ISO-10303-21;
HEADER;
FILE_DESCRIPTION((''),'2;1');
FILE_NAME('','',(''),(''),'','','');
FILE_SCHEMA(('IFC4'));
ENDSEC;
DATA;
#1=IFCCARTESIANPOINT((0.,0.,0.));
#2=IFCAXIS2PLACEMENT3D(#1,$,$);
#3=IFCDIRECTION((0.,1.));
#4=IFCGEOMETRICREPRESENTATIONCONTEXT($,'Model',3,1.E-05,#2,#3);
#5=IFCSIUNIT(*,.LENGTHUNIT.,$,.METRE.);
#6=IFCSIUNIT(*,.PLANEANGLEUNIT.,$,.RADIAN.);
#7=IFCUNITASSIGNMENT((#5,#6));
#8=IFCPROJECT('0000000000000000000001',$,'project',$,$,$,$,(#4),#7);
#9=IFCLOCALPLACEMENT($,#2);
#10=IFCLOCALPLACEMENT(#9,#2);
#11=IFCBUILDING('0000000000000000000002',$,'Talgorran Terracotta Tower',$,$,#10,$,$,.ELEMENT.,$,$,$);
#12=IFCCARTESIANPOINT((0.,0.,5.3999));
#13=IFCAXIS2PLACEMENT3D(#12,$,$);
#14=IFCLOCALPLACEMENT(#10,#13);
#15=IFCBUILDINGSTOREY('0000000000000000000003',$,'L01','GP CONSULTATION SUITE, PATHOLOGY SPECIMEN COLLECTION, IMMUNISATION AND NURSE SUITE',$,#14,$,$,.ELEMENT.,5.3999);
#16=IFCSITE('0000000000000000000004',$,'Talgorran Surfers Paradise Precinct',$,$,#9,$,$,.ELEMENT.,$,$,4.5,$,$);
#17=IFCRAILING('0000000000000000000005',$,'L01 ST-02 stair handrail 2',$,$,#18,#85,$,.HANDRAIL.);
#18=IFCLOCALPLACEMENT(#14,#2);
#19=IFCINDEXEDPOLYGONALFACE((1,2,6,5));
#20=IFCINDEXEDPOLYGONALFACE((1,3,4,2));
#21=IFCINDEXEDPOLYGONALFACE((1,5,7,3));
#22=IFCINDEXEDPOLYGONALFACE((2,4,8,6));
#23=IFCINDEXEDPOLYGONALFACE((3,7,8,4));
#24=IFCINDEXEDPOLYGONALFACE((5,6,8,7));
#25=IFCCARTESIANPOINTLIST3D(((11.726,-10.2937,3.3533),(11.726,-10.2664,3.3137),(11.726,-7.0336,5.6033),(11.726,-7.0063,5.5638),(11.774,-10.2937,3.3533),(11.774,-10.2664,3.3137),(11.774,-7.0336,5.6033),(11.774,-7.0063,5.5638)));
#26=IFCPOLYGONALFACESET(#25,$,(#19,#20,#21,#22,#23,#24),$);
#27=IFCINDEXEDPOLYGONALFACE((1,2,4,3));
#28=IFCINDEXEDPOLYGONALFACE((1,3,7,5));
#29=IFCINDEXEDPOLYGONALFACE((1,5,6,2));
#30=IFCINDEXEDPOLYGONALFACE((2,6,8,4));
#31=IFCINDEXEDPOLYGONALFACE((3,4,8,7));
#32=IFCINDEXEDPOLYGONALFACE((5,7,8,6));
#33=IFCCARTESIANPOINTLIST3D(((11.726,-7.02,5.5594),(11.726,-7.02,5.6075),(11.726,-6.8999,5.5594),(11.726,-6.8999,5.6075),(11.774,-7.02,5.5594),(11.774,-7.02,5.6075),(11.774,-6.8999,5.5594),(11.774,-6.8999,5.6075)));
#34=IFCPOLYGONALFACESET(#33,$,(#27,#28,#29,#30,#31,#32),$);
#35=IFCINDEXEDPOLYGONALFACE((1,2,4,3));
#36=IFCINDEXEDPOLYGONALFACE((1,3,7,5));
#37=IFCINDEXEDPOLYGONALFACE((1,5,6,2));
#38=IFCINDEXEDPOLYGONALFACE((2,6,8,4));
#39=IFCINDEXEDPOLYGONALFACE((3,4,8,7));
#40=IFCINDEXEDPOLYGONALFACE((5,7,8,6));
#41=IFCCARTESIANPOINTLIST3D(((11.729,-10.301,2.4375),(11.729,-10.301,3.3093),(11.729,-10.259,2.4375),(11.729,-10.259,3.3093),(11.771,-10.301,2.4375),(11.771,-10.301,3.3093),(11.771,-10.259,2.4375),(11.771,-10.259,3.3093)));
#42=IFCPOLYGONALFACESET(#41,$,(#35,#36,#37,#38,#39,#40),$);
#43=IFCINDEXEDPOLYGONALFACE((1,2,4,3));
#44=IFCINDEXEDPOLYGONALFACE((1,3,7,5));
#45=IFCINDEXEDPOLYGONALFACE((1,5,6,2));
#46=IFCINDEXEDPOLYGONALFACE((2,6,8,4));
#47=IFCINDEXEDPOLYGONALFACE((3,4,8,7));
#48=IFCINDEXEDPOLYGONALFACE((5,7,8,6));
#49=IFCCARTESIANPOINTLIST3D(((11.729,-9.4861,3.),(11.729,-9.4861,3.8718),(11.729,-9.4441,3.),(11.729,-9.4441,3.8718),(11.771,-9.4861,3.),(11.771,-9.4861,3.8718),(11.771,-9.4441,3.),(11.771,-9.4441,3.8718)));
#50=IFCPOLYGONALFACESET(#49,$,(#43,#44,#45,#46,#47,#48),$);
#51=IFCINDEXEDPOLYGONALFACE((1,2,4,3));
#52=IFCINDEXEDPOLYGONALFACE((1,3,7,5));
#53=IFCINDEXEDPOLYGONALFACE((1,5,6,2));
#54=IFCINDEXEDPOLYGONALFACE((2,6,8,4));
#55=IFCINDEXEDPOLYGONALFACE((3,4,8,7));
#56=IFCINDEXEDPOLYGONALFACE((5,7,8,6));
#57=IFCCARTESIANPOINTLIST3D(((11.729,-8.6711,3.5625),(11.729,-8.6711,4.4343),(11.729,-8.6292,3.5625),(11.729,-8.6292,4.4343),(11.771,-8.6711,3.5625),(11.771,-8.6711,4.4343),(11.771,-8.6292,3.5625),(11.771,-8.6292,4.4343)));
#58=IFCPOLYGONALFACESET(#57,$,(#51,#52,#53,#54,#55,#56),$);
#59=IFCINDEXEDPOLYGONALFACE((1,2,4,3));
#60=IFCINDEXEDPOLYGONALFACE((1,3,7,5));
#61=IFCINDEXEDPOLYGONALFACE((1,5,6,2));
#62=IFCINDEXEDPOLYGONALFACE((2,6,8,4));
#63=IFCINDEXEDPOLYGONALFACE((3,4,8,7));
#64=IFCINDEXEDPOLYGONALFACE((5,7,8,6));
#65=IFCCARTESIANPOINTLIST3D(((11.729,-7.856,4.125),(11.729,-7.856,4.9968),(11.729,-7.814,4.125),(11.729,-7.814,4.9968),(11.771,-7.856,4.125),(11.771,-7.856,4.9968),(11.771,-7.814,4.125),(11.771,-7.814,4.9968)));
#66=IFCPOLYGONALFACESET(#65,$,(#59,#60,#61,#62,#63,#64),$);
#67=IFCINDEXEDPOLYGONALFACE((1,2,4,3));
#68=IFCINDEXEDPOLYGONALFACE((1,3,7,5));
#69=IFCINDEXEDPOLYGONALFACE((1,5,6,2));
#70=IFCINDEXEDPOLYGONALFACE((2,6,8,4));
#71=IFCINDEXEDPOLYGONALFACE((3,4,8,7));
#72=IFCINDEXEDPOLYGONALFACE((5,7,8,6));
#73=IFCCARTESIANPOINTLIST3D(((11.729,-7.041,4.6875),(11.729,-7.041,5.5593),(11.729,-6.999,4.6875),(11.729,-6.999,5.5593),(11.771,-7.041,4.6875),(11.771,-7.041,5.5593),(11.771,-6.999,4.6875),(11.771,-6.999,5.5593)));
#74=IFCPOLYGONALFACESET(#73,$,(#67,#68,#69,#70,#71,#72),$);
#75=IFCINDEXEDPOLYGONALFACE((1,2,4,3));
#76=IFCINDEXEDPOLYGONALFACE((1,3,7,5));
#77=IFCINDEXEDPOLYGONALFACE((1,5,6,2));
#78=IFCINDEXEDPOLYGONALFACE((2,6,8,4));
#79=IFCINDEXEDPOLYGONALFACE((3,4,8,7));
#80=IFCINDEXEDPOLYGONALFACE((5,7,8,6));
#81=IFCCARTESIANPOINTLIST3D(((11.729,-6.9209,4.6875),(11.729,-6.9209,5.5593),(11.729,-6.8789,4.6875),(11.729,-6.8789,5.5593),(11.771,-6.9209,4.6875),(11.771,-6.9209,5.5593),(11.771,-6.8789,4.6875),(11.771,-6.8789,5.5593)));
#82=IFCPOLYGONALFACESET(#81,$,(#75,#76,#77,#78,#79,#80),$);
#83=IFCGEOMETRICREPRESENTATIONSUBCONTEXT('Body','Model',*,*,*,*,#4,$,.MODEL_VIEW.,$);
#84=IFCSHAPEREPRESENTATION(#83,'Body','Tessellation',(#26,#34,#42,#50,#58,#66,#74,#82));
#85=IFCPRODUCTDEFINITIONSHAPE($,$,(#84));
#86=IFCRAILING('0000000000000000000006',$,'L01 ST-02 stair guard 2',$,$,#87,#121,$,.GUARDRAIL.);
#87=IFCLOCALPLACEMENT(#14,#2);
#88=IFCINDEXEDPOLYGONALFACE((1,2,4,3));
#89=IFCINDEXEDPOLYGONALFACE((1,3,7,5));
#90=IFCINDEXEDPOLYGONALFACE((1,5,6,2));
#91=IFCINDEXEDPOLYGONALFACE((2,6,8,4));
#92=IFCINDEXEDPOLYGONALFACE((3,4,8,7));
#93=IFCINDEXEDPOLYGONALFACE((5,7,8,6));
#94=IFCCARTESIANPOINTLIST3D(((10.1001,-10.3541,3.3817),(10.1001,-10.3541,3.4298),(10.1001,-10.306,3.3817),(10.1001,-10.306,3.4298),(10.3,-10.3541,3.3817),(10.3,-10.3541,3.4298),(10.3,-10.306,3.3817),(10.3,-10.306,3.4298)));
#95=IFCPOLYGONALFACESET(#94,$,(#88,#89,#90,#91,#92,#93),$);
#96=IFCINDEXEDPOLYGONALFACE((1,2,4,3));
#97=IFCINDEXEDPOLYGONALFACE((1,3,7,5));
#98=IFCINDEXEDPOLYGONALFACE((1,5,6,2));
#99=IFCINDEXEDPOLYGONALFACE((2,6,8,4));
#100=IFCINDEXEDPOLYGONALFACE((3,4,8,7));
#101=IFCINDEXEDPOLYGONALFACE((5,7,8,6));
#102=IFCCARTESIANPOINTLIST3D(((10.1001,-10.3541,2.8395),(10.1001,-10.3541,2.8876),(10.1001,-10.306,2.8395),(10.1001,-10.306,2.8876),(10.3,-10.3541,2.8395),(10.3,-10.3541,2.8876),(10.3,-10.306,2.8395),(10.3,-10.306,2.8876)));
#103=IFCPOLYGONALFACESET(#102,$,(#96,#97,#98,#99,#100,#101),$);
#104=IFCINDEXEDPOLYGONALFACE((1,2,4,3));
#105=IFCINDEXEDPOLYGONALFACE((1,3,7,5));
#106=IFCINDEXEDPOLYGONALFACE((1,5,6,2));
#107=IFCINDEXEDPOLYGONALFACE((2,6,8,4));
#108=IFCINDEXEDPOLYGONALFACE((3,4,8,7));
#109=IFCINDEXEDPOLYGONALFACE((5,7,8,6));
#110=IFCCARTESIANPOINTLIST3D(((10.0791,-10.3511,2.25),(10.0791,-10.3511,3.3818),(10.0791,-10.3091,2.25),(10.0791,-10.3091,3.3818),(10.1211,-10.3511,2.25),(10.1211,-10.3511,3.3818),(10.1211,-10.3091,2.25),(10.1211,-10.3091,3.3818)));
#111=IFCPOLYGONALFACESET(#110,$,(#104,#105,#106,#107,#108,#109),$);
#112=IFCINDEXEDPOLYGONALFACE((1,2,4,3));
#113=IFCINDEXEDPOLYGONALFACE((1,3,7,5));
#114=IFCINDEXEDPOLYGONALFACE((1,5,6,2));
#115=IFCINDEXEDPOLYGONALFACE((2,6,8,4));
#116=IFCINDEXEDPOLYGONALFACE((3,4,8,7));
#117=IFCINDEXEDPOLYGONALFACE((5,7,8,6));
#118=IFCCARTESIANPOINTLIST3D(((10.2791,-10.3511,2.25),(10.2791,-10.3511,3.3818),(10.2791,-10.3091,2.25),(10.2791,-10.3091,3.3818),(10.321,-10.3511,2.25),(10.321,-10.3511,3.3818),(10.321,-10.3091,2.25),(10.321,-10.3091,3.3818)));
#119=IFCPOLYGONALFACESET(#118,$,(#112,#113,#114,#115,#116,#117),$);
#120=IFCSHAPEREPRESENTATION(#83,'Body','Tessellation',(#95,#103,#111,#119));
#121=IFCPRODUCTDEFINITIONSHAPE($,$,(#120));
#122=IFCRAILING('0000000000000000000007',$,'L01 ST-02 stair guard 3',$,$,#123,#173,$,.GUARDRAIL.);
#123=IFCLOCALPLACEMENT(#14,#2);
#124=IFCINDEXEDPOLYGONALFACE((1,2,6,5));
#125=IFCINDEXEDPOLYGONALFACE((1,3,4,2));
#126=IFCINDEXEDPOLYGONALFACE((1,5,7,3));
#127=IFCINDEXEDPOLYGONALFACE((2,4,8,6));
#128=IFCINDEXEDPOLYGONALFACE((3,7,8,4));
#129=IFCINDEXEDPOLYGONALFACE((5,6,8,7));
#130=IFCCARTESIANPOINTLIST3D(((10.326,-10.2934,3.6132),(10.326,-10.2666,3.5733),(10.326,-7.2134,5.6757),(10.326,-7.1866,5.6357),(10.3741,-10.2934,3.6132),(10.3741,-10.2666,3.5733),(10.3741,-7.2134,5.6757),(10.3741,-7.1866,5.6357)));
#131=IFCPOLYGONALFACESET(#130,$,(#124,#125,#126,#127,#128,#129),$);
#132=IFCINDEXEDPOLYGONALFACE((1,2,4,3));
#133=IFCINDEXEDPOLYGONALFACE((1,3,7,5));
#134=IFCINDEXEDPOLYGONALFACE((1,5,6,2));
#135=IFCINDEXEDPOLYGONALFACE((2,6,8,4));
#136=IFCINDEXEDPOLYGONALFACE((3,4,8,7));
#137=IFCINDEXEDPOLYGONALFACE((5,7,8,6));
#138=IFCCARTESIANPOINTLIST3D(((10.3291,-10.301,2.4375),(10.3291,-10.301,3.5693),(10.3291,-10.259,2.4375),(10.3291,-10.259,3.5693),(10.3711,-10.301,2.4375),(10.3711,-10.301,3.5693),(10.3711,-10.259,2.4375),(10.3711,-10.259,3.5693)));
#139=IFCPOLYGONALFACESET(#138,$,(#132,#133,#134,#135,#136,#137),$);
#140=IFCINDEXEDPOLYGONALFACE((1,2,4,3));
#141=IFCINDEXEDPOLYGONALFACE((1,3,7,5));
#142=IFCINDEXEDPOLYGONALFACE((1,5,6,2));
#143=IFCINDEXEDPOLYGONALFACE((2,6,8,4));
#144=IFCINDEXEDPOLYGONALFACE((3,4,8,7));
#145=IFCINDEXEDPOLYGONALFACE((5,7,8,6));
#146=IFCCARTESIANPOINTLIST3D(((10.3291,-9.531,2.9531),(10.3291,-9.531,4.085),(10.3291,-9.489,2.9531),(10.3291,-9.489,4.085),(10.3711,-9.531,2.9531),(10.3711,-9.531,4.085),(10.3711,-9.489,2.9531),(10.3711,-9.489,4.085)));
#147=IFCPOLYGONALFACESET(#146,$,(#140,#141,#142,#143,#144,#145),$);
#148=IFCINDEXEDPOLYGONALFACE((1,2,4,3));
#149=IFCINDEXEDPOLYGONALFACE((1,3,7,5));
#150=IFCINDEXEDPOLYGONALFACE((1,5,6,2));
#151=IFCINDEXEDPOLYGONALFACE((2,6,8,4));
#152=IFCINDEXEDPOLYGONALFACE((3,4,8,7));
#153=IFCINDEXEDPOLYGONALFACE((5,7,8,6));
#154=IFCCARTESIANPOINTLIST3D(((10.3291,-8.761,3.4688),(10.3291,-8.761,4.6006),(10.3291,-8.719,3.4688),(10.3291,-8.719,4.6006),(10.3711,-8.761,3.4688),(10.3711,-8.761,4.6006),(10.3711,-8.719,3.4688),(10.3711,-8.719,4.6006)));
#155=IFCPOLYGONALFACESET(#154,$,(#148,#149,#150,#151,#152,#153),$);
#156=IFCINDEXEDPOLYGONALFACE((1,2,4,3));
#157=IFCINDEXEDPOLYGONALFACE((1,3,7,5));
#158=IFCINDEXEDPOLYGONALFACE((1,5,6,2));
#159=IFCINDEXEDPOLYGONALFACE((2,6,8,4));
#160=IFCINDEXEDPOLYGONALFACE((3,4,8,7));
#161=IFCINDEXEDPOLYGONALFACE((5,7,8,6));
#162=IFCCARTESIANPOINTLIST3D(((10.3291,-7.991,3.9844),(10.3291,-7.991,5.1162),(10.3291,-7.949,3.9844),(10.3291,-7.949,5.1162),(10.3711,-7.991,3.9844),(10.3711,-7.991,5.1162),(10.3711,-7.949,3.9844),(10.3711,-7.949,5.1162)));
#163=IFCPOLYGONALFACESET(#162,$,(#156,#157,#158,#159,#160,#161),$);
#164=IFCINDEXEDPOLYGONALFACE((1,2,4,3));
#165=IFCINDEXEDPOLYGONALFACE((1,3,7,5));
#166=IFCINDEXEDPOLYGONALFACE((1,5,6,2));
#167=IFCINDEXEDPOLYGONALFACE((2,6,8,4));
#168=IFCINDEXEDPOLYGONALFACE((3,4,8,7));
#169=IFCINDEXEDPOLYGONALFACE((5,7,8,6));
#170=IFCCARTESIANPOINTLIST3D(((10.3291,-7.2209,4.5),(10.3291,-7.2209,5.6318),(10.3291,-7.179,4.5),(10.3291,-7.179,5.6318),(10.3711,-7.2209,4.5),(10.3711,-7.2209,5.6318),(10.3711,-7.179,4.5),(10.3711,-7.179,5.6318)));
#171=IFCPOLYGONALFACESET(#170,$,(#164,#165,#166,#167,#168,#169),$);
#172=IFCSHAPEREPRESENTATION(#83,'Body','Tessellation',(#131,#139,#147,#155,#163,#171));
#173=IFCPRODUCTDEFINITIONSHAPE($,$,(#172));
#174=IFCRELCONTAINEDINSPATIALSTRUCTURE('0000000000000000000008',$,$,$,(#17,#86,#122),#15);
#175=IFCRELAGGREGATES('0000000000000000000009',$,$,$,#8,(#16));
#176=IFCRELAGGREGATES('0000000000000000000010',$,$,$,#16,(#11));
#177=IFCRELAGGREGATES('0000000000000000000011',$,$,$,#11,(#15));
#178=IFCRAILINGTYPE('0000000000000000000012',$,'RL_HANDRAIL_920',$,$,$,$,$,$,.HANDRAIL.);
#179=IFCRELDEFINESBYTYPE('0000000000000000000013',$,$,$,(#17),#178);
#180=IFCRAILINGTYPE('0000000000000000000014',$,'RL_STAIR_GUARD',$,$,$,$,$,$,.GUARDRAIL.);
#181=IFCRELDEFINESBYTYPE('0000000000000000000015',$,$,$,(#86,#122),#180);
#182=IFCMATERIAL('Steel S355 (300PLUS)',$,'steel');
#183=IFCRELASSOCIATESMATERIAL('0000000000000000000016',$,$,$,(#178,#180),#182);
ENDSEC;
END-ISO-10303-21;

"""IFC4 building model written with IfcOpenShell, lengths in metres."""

from ifc_helpers import new_model, si_unit, direction, frame, origin, origin_2d, place, context, subcontext, project, spatial, rectangle, extrude, material, type_object, element, save


model = new_model("IFC4")

# Units and contexts
model_context = context("Model", 3, precision=1e-05, world=origin(), true_north=direction((0.0, 1.0)))
body_context = subcontext(model_context, "Body", "Model", "MODEL_VIEW")
ifc_project = project(units=[si_unit("LENGTHUNIT", "METRE"), si_unit("PLANEANGLEUNIT", "RADIAN")], contexts=[model_context])

# Site, building, storey
site_placement = place(None, origin())
site = spatial("IfcSite", under=ifc_project, at=site_placement, Name="Talgorran Surfers Paradise Precinct", CompositionType="ELEMENT", RefElevation=4.5)
building_placement = place(site_placement, origin())
building = spatial("IfcBuilding", under=site, at=building_placement, Name="Talgorran Terracotta Tower", CompositionType="ELEMENT")
storey_placement = place(building_placement, frame((0.0, 0.0, 5.3999)))
storey = spatial("IfcBuildingStorey", under=building, at=storey_placement, Name="L01", Description="GP CONSULTATION SUITE, PATHOLOGY SPECIMEN COLLECTION, IMMUNISATION AND NURSE SUITE", CompositionType="ELEMENT", Elevation=5.3999)

# Shared definitions
ifc_material_1 = material(Name="Steel S355 (300PLUS)", Category="steel")

# Railings
railing_type_1 = type_object("IfcRailingType", Name="RL_HANDRAIL_920", PredefinedType="HANDRAIL", material=ifc_material_1)
railing_1_placement = place(storey_placement, frame((11.75, -10.28, 2.4375)))
element("IfcRailing", 1, at=railing_1_placement, inside=storey, type_object=railing_type_1, Name="L01 ST-02 stair handrail 2", PredefinedType="HANDRAIL", context=body_context, shape_type="SweptSolid", body=[
    extrude(rectangle(XDim=0.0481, YDim=0.0481, at=origin_2d()), frame((0.0, 0.0, 0.896), z_axis=(0.0, 0.82301, 0.568027), x_axis=(-1.0, 0.0, 0.0)), (0.0, 0.0, 1.0), 3.9612),
    extrude(rectangle(XDim=0.0481, YDim=0.0481, at=origin_2d()), frame((0.0, 3.26, 3.146), z_axis=(0.0, 1.0, 0.0), x_axis=(-1.0, 0.0, 0.0)), (0.0, 0.0, 1.0), 0.1201),
    extrude(rectangle(XDim=0.042, YDim=0.042, at=origin_2d()), origin(), (0.0, 0.0, 1.0), 0.8718),
    extrude(rectangle(XDim=0.042, YDim=0.042, at=origin_2d()), frame((0.0, 0.8149, 0.5625)), (0.0, 0.0, 1.0), 0.8718),
    extrude(rectangle(XDim=0.042, YDim=0.042, at=origin_2d()), frame((0.0, 1.6299, 1.125)), (0.0, 0.0, 1.0), 0.8718),
    extrude(rectangle(XDim=0.042, YDim=0.042, at=origin_2d()), frame((0.0, 2.4451, 1.6875)), (0.0, 0.0, 1.0), 0.8718),
    extrude(rectangle(XDim=0.042, YDim=0.042, at=origin_2d()), frame((0.0, 3.26, 2.25)), (0.0, 0.0, 1.0), 0.8718),
    extrude(rectangle(XDim=0.042, YDim=0.042, at=origin_2d()), frame((0.0, 3.3801, 2.25)), (0.0, 0.0, 1.0), 0.8718),
])
railing_type_2 = type_object("IfcRailingType", Name="RL_STAIR_GUARD", PredefinedType="GUARDRAIL", material=ifc_material_1)
railing_2_placement = place(storey_placement, frame((10.1001, -10.3301, 2.25)))
element("IfcRailing", 2, at=railing_2_placement, inside=storey, type_object=railing_type_2, Name="L01 ST-02 stair guard 2", PredefinedType="GUARDRAIL", context=body_context, shape_type="SweptSolid", body=[
    extrude(rectangle(XDim=0.0481, YDim=0.0481, at=origin_2d()), frame((0.0, 0.0, 1.1558), z_axis=(1.0, 0.0, 0.0), x_axis=(0.0, 1.0, 0.0)), (0.0, 0.0, 1.0), 0.2),
    extrude(rectangle(XDim=0.0481, YDim=0.0481, at=origin_2d()), frame((0.0, 0.0, 0.6135), z_axis=(1.0, 0.0, 0.0), x_axis=(0.0, 1.0, 0.0)), (0.0, 0.0, 1.0), 0.2),
    extrude(rectangle(XDim=0.042, YDim=0.042, at=origin_2d()), origin(), (0.0, 0.0, 1.0), 1.1318),
    extrude(rectangle(XDim=0.042, YDim=0.042, at=origin_2d()), frame((0.2, 0.0, 0.0)), (0.0, 0.0, 1.0), 1.1318),
])
railing_3_placement = place(storey_placement, frame((10.3501, -10.28, 2.4375)))
element("IfcRailing", 3, at=railing_3_placement, inside=storey, type_object=railing_type_2, Name="L01 ST-02 stair guard 3", PredefinedType="GUARDRAIL", context=body_context, shape_type="SweptSolid", body=[
    extrude(rectangle(XDim=0.0481, YDim=0.0481, at=origin_2d()), frame((0.0, 0.0, 1.1558), z_axis=(0.0, 0.830914, 0.556401), x_axis=(-1.0, 0.0, 0.0)), (0.0, 0.0, 1.0), 3.7068),
    extrude(rectangle(XDim=0.042, YDim=0.042, at=origin_2d()), origin(), (0.0, 0.0, 1.0), 1.1318),
    extrude(rectangle(XDim=0.042, YDim=0.042, at=origin_2d()), frame((0.0, 0.77, 0.5156)), (0.0, 0.0, 1.0), 1.1318),
    extrude(rectangle(XDim=0.042, YDim=0.042, at=origin_2d()), frame((0.0, 1.54, 1.0312)), (0.0, 0.0, 1.0), 1.1318),
    extrude(rectangle(XDim=0.042, YDim=0.042, at=origin_2d()), frame((0.0, 2.3101, 1.5469)), (0.0, 0.0, 1.0), 1.1318),
    extrude(rectangle(XDim=0.042, YDim=0.042, at=origin_2d()), frame((0.0, 3.0801, 2.0625)), (0.0, 0.0, 1.0), 1.1318),
])

save(model, "model.ifc")
